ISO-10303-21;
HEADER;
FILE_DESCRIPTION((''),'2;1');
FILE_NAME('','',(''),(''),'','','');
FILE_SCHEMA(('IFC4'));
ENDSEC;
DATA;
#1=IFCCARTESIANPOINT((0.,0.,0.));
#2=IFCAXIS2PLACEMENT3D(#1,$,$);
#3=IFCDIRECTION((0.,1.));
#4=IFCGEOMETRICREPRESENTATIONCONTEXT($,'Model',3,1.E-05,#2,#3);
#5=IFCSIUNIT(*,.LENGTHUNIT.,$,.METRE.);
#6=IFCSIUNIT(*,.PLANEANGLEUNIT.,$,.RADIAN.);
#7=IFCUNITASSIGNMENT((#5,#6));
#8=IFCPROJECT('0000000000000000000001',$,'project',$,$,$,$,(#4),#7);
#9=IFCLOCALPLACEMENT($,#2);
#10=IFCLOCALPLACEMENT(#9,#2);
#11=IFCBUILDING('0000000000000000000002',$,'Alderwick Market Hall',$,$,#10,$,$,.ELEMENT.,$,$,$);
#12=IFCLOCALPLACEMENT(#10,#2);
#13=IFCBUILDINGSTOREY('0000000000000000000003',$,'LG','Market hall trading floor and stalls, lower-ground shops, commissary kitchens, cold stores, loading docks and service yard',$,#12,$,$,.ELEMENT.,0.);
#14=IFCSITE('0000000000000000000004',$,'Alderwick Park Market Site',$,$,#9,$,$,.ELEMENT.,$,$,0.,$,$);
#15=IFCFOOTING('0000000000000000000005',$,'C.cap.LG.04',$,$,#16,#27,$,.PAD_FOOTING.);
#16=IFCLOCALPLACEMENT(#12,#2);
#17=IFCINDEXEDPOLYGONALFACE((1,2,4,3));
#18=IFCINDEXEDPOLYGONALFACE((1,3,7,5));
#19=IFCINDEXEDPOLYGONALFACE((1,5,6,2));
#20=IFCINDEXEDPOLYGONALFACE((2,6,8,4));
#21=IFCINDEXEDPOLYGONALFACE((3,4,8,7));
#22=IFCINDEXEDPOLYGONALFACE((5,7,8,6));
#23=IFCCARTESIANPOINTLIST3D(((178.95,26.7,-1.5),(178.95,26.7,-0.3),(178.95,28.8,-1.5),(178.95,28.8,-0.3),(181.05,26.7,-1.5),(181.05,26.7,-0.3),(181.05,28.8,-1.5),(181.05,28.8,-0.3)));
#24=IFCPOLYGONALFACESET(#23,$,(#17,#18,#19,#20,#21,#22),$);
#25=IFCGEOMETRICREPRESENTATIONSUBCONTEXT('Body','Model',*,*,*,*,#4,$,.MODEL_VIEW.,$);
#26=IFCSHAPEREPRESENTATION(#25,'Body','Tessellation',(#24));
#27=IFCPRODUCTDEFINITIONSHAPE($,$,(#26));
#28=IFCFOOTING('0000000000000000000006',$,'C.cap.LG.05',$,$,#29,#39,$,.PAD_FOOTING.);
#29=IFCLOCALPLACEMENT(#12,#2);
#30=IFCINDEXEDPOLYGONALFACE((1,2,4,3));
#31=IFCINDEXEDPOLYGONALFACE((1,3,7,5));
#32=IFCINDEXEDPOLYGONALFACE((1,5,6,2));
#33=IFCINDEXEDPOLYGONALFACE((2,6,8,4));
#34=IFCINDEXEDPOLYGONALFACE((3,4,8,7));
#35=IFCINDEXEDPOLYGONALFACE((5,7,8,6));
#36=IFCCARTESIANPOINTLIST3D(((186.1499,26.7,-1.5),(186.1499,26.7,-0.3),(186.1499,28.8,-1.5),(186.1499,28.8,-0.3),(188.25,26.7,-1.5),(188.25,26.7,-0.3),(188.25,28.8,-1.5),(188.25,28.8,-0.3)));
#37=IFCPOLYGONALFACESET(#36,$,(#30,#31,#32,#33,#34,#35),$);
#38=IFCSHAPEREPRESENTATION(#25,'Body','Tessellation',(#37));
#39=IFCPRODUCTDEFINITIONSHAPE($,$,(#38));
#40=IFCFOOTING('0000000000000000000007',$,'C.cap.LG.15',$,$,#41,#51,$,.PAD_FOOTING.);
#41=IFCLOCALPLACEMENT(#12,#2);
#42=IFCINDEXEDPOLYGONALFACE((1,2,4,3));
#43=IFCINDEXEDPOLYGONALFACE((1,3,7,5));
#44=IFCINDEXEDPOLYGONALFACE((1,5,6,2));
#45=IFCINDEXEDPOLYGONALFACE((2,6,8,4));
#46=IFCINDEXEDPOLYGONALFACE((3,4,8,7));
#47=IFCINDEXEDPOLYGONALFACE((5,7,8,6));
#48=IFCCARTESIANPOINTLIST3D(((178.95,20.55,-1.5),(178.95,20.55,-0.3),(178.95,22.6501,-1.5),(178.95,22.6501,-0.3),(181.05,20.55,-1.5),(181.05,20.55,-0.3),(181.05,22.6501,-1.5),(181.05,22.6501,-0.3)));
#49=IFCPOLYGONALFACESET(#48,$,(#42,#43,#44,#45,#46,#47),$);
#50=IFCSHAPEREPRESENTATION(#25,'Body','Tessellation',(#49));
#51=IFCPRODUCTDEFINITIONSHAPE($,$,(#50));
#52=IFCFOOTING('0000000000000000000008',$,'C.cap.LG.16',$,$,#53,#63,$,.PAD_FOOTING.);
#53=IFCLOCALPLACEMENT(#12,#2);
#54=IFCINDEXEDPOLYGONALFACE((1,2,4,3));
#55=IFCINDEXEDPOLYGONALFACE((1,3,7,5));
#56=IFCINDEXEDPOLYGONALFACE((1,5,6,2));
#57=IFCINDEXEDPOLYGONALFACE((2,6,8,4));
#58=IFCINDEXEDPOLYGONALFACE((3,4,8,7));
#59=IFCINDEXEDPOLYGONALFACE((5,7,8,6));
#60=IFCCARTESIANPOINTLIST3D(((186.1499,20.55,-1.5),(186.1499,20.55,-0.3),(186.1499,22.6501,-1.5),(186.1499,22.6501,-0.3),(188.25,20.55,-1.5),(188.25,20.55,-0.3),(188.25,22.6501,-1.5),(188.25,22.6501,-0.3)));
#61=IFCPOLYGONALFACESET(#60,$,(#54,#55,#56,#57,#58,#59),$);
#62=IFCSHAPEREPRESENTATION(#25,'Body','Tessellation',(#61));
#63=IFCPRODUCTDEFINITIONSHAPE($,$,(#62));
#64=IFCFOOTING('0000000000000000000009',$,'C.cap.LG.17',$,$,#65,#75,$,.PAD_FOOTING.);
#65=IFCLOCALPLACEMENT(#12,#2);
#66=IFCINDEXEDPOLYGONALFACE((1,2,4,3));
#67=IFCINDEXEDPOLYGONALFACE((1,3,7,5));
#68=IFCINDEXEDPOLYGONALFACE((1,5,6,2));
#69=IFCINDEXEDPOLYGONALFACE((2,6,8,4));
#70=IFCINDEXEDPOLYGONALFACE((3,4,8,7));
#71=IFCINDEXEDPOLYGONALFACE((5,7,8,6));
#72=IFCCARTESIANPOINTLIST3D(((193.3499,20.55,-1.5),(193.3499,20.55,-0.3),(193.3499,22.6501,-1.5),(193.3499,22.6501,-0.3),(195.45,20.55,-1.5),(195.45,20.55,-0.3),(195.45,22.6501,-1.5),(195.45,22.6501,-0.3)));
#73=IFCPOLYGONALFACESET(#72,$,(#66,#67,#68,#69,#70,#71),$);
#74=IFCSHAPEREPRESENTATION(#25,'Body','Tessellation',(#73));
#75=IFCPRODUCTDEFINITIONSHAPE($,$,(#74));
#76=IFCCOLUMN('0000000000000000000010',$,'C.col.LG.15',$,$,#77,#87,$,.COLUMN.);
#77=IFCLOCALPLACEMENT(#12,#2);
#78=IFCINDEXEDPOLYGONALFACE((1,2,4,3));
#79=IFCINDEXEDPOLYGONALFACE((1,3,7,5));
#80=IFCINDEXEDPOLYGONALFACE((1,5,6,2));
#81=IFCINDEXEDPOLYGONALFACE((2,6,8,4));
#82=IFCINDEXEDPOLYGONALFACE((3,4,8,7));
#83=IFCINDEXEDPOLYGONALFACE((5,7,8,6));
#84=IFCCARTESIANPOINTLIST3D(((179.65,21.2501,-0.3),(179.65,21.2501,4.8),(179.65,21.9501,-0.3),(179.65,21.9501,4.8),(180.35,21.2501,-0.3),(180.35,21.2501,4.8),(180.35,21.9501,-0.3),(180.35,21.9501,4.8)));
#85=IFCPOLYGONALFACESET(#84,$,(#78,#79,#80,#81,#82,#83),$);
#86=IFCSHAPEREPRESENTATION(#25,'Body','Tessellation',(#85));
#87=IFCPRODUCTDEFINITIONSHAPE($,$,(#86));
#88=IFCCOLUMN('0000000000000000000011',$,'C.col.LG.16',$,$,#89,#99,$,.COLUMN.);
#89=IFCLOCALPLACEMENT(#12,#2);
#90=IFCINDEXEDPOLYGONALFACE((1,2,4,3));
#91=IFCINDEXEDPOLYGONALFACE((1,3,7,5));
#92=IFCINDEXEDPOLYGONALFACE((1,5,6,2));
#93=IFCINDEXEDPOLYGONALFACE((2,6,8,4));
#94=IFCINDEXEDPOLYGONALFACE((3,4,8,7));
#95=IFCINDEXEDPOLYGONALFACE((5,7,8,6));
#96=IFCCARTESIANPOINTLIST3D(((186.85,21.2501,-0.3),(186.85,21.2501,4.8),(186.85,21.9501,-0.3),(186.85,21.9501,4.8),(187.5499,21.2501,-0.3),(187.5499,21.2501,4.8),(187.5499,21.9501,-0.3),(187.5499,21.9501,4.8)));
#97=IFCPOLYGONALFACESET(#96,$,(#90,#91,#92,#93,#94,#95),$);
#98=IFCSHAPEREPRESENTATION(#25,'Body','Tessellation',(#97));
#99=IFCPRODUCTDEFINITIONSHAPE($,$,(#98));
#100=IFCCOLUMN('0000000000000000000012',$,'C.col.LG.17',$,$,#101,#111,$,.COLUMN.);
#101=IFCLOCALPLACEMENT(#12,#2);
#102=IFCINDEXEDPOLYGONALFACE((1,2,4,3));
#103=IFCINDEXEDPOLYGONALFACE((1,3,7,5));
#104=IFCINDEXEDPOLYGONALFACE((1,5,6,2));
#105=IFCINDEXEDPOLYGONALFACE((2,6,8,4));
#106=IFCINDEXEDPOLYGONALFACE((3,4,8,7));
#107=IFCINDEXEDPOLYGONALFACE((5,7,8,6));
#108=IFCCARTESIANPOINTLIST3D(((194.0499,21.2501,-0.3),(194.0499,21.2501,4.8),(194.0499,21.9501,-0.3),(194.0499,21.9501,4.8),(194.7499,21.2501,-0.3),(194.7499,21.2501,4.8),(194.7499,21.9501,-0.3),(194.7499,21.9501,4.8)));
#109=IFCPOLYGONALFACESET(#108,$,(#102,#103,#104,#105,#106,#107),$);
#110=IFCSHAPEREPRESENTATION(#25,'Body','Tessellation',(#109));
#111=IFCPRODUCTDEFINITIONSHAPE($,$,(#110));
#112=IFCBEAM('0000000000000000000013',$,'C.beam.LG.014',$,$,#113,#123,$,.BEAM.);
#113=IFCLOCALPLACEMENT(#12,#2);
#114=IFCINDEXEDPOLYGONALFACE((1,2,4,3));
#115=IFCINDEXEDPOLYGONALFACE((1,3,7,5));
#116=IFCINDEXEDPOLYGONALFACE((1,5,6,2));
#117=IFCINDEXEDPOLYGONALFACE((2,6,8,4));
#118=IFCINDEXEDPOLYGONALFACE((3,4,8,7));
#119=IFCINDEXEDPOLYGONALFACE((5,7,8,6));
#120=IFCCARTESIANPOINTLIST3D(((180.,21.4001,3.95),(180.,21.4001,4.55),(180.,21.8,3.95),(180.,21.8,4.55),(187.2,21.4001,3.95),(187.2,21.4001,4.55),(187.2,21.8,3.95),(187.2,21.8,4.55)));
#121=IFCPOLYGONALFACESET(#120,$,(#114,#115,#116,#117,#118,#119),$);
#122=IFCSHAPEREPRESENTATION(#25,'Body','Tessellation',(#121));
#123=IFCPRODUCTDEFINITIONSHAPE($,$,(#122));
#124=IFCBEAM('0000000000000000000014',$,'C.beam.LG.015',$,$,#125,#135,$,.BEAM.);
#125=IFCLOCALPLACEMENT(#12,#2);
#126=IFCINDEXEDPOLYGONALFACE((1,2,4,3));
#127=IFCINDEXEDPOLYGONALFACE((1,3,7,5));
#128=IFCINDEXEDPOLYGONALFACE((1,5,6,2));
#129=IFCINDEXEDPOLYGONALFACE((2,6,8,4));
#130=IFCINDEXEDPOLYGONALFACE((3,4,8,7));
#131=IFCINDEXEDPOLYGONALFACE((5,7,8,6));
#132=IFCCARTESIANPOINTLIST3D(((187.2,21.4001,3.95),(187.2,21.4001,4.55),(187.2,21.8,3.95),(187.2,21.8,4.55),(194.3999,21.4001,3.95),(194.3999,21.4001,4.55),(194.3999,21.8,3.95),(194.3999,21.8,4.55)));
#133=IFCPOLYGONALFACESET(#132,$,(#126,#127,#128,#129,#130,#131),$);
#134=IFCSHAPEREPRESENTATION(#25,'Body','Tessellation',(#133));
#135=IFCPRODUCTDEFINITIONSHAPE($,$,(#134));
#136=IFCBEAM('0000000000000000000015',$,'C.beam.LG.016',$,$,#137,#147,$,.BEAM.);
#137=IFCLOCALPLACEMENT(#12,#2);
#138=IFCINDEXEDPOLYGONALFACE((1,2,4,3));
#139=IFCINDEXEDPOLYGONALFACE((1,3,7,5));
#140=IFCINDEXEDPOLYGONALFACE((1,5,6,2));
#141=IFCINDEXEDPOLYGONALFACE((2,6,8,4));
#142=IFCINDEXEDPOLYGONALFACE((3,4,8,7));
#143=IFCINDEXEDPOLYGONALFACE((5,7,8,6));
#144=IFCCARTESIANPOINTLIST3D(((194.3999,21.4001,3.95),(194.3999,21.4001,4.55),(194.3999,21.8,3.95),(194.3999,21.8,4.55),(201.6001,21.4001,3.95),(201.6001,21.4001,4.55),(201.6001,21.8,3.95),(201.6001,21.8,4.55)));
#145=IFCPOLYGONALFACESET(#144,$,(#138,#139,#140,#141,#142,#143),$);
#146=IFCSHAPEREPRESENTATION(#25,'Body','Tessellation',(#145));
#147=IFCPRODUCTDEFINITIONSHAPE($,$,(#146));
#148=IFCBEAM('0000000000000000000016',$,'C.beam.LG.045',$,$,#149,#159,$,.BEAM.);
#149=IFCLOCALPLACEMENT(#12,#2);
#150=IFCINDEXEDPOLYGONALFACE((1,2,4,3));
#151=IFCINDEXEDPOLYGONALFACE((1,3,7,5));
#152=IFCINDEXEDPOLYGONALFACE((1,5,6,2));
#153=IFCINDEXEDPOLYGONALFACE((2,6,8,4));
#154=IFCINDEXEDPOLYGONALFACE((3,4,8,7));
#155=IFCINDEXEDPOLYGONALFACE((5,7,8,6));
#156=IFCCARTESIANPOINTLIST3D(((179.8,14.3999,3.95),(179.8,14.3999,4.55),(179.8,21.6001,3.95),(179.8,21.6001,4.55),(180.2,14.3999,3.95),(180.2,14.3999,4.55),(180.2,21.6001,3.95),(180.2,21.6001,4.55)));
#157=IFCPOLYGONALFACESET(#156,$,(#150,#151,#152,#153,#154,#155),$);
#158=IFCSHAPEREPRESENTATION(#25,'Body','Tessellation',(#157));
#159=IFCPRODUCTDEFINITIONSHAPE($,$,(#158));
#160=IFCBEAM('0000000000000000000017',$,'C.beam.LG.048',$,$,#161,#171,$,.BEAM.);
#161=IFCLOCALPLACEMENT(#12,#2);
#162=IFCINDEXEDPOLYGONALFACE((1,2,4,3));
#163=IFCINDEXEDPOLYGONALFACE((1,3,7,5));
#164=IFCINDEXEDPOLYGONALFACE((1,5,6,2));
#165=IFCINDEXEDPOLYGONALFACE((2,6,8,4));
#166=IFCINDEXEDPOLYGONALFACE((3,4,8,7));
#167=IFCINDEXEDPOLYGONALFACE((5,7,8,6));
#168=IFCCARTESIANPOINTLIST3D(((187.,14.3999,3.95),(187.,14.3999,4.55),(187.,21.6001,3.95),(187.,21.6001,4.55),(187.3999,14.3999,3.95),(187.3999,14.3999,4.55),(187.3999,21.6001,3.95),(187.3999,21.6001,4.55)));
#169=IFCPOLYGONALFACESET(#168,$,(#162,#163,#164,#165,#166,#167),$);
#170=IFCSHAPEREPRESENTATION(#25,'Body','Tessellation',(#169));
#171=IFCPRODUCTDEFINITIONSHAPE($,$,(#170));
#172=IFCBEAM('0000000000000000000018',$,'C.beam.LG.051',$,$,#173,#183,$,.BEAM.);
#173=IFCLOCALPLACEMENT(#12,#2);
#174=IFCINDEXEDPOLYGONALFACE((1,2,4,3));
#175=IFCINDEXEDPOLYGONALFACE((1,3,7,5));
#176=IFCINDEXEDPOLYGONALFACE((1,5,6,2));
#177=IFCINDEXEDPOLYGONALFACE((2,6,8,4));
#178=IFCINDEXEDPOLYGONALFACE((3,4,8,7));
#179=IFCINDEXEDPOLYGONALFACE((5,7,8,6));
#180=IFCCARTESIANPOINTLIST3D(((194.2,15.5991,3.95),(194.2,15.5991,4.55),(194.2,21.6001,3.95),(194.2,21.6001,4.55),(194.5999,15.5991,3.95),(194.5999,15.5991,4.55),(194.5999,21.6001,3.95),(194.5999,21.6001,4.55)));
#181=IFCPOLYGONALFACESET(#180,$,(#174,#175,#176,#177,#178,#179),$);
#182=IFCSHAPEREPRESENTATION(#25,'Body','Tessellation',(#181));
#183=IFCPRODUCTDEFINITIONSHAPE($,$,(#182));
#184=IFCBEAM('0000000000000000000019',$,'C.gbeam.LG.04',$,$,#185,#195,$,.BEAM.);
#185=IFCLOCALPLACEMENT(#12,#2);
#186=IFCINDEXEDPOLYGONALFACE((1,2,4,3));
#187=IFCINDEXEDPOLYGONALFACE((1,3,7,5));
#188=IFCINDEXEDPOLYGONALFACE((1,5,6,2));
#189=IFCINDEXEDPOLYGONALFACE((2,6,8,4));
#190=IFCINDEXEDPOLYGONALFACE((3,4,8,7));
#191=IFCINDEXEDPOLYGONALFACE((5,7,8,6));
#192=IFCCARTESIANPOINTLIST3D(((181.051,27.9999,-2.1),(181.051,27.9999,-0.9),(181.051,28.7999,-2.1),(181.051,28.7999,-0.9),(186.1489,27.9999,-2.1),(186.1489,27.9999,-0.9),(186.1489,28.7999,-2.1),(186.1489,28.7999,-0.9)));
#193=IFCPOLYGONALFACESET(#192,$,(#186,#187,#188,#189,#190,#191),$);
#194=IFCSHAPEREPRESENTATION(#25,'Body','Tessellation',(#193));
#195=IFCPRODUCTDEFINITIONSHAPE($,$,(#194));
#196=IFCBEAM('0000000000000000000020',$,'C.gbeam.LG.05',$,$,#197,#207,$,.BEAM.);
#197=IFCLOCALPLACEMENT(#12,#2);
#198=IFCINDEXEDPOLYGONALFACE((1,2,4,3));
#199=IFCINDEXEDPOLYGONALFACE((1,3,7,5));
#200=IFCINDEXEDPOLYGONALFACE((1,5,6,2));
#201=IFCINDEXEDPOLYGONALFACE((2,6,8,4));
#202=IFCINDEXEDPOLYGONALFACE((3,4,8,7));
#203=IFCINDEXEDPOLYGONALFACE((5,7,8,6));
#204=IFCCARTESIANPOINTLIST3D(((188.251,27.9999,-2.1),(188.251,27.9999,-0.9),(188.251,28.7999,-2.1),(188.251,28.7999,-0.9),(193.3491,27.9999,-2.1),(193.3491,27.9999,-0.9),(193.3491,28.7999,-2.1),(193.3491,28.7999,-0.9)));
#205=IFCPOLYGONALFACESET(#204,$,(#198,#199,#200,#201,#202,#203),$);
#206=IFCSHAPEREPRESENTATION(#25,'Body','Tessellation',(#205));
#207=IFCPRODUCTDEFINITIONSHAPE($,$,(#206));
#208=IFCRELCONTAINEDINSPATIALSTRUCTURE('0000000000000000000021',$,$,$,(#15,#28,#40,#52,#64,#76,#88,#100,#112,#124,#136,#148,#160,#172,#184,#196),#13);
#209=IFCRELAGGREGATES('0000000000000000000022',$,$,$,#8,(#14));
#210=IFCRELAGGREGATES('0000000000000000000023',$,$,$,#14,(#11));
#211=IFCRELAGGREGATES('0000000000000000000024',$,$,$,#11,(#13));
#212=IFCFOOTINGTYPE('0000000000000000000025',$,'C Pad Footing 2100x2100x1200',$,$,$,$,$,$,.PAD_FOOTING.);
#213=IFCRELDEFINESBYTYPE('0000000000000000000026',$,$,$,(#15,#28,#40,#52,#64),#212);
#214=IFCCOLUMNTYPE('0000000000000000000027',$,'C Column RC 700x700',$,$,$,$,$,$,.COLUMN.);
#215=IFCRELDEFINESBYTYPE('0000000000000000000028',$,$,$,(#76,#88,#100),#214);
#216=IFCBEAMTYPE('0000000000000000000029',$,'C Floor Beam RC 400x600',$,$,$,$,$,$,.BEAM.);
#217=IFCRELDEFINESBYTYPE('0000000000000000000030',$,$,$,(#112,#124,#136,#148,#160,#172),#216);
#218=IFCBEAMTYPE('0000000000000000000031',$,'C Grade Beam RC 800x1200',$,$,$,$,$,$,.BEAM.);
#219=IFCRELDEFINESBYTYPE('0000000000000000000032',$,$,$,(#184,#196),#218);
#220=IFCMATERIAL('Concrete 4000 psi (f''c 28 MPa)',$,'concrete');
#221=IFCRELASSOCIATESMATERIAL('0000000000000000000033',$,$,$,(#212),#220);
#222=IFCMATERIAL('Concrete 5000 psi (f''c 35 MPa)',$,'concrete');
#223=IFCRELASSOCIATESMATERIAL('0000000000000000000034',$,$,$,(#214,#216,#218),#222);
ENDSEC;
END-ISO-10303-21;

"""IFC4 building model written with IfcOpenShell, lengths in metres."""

from ifc_helpers import new_model, si_unit, direction, frame, origin, origin_2d, place, context, subcontext, project, spatial, rectangle, extrude, material, material_profile, profile_set, type_object, element, save


model = new_model("IFC4")

# Units and contexts
model_context = context("Model", 3, precision=1e-05, world=origin(), true_north=direction((0.0, 1.0)))
body_context = subcontext(model_context, "Body", "Model", "MODEL_VIEW")
ifc_project = project(units=[si_unit("LENGTHUNIT", "METRE"), si_unit("PLANEANGLEUNIT", "RADIAN")], contexts=[model_context])

# Site, building, storey
site_placement = place(None, origin())
site = spatial("IfcSite", under=ifc_project, at=site_placement, Name="Alderwick Park Market Site", CompositionType="ELEMENT", RefElevation=0.0)
building_placement = place(site_placement, origin())
building = spatial("IfcBuilding", under=site, at=building_placement, Name="Alderwick Market Hall", CompositionType="ELEMENT")
storey_placement = place(building_placement, origin())
storey = spatial("IfcBuildingStorey", under=building, at=storey_placement, Name="LG", Description="Market hall trading floor and stalls, lower-ground shops, commissary kitchens, cold stores, loading docks and service yard", CompositionType="ELEMENT", Elevation=0.0)

# Footings
ifc_material_1 = material(Name="Concrete 4000 psi (f'c 28 MPa)", Category="concrete")
footing_type = type_object("IfcFootingType", Name="C Pad Footing 2100x2100x1200", PredefinedType="PAD_FOOTING", material=ifc_material_1)
for number, where, z_axis, x_axis, name in (
    (1, (180.0, 27.75, -1.5), (0.0, 0.0, 1.0), (1.0, 0.0, 0.0), "C.cap.LG.04"),
    (2, (187.2, 27.75, -1.5), (0.0, 0.0, 1.0), (1.0, 0.0, 0.0), "C.cap.LG.05"),
    (3, (180.0, 21.6001, -1.5), (0.0, 0.0, 1.0), (1.0, 0.0, 0.0), "C.cap.LG.15"),
    (4, (187.2, 21.6001, -1.5), (0.0, 0.0, 1.0), (1.0, 0.0, 0.0), "C.cap.LG.16"),
    (5, (194.3999, 21.6001, -1.5), (0.0, 0.0, 1.0), (1.0, 0.0, 0.0), "C.cap.LG.17"),
):
    element("IfcFooting", number, at=place(storey_placement, frame(where, z_axis=z_axis, x_axis=x_axis)), inside=storey, type_object=footing_type, Name=name, PredefinedType="PAD_FOOTING", context=body_context, shape_type="SweptSolid", body=[
        extrude(rectangle(XDim=2.1001, YDim=2.1001, at=origin_2d()), origin(), (0.0, 0.0, 1.0), 1.2),
    ])

# Columns
ifc_material_2 = material(Name="Concrete 5000 psi (f'c 35 MPa)", Category="concrete")
ifc_material_profile_1 = material_profile(ifc_material_2, rectangle(XDim=0.7, YDim=0.7, at=origin_2d()), Name="RC 700x700")
ifc_profile_set_1 = profile_set([ifc_material_profile_1], Name="Concrete 5000 psi (f'c 35 MPa)")
column_type = type_object("IfcColumnType", Name="C Column RC 700x700", PredefinedType="COLUMN", material=ifc_profile_set_1)
for number, where, z_axis, x_axis, name in (
    (6, (180.0, 21.6001, -0.3), (0.0, 0.0, 1.0), (1.0, 0.0, 0.0), "C.col.LG.15"),
    (7, (187.2, 21.6001, -0.3), (0.0, 0.0, 1.0), (1.0, 0.0, 0.0), "C.col.LG.16"),
    (8, (194.3999, 21.6001, -0.3), (0.0, 0.0, 1.0), (1.0, 0.0, 0.0), "C.col.LG.17"),
):
    element("IfcColumn", number, at=place(storey_placement, frame(where, z_axis=z_axis, x_axis=x_axis)), inside=storey, type_object=column_type, Name=name, PredefinedType="COLUMN", context=body_context, shape_type="SweptSolid", body=[
        extrude(rectangle(XDim=0.7, YDim=0.7, at=origin_2d()), origin(), (0.0, 0.0, 1.0), 5.1001),
    ])

# Beams
ifc_material_profile_2 = material_profile(ifc_material_2, rectangle(XDim=0.3999, YDim=0.6001, at=origin_2d()), Name="RC 400x600")
ifc_profile_set_2 = profile_set([ifc_material_profile_2], Name="Concrete 5000 psi (f'c 35 MPa)")
beam_type_1 = type_object("IfcBeamType", Name="C Floor Beam RC 400x600", PredefinedType="BEAM", material=ifc_profile_set_2)
for number, where, z_axis, x_axis, name in (
    (9, (180.0, 21.6001, 4.25), (1.0, 0.0, 0.0), (0.0, 1.0, 0.0), "C.beam.LG.014"),
    (10, (187.2, 21.6001, 4.25), (1.0, 0.0, 0.0), (0.0, 1.0, 0.0), "C.beam.LG.015"),
):
    element("IfcBeam", number, at=place(storey_placement, frame(where, z_axis=z_axis, x_axis=x_axis)), inside=storey, type_object=beam_type_1, Name=name, PredefinedType="BEAM", context=body_context, shape_type="SweptSolid", body=[
        extrude(rectangle(XDim=0.3999, YDim=0.6001, at=origin_2d()), origin(), (0.0, 0.0, 1.0), 7.2),
    ])
for number, where, z_axis, x_axis, name in (
    (11, (194.3999, 21.6001, 4.25), (1.0, 0.0, 0.0), (0.0, 1.0, 0.0), "C.beam.LG.016"),
    (12, (180.0, 21.6001, 4.25), (0.0, -1.0, 0.0), (1.0, 0.0, 0.0), "C.beam.LG.045"),
    (13, (187.2, 21.6001, 4.25), (0.0, -1.0, 0.0), (1.0, 0.0, 0.0), "C.beam.LG.048"),
):
    element("IfcBeam", number, at=place(storey_placement, frame(where, z_axis=z_axis, x_axis=x_axis)), inside=storey, type_object=beam_type_1, Name=name, PredefinedType="BEAM", context=body_context, shape_type="SweptSolid", body=[
        extrude(rectangle(XDim=0.3999, YDim=0.6001, at=origin_2d()), origin(), (0.0, 0.0, 1.0), 7.2002),
    ])
beam_1_placement = place(storey_placement, frame((194.3999, 21.6001, 4.25), z_axis=(0.0, -1.0, 0.0), x_axis=(1.0, 0.0, 0.0)))
element("IfcBeam", 14, at=beam_1_placement, inside=storey, type_object=beam_type_1, Name="C.beam.LG.051", PredefinedType="BEAM", context=body_context, shape_type="SweptSolid", body=[
    extrude(rectangle(XDim=0.3999, YDim=0.6001, at=origin_2d()), origin(), (0.0, 0.0, 1.0), 6.001),
])
ifc_material_profile_3 = material_profile(ifc_material_2, rectangle(XDim=0.8, YDim=1.2, at=origin_2d()), Name="RC 800x1200")
ifc_profile_set_3 = profile_set([ifc_material_profile_3], Name="Concrete 5000 psi (f'c 35 MPa)")
beam_type_2 = type_object("IfcBeamType", Name="C Grade Beam RC 800x1200", PredefinedType="BEAM", material=ifc_profile_set_3)
beam_2_placement = place(storey_placement, frame((181.051, 28.3999, -1.5), z_axis=(1.0, 0.0, 0.0), x_axis=(0.0, 1.0, 0.0)))
element("IfcBeam", 15, at=beam_2_placement, inside=storey, type_object=beam_type_2, Name="C.gbeam.LG.04", PredefinedType="BEAM", context=body_context, shape_type="SweptSolid", body=[
    extrude(rectangle(XDim=0.8, YDim=1.2, at=origin_2d()), origin(), (0.0, 0.0, 1.0), 5.0979),
])
beam_3_placement = place(storey_placement, frame((188.251, 28.3999, -1.5), z_axis=(1.0, 0.0, 0.0), x_axis=(0.0, 1.0, 0.0)))
element("IfcBeam", 16, at=beam_3_placement, inside=storey, type_object=beam_type_2, Name="C.gbeam.LG.05", PredefinedType="BEAM", context=body_context, shape_type="SweptSolid", body=[
    extrude(rectangle(XDim=0.8, YDim=1.2, at=origin_2d()), origin(), (0.0, 0.0, 1.0), 5.0981),
])

save(model, "model.ifc")
